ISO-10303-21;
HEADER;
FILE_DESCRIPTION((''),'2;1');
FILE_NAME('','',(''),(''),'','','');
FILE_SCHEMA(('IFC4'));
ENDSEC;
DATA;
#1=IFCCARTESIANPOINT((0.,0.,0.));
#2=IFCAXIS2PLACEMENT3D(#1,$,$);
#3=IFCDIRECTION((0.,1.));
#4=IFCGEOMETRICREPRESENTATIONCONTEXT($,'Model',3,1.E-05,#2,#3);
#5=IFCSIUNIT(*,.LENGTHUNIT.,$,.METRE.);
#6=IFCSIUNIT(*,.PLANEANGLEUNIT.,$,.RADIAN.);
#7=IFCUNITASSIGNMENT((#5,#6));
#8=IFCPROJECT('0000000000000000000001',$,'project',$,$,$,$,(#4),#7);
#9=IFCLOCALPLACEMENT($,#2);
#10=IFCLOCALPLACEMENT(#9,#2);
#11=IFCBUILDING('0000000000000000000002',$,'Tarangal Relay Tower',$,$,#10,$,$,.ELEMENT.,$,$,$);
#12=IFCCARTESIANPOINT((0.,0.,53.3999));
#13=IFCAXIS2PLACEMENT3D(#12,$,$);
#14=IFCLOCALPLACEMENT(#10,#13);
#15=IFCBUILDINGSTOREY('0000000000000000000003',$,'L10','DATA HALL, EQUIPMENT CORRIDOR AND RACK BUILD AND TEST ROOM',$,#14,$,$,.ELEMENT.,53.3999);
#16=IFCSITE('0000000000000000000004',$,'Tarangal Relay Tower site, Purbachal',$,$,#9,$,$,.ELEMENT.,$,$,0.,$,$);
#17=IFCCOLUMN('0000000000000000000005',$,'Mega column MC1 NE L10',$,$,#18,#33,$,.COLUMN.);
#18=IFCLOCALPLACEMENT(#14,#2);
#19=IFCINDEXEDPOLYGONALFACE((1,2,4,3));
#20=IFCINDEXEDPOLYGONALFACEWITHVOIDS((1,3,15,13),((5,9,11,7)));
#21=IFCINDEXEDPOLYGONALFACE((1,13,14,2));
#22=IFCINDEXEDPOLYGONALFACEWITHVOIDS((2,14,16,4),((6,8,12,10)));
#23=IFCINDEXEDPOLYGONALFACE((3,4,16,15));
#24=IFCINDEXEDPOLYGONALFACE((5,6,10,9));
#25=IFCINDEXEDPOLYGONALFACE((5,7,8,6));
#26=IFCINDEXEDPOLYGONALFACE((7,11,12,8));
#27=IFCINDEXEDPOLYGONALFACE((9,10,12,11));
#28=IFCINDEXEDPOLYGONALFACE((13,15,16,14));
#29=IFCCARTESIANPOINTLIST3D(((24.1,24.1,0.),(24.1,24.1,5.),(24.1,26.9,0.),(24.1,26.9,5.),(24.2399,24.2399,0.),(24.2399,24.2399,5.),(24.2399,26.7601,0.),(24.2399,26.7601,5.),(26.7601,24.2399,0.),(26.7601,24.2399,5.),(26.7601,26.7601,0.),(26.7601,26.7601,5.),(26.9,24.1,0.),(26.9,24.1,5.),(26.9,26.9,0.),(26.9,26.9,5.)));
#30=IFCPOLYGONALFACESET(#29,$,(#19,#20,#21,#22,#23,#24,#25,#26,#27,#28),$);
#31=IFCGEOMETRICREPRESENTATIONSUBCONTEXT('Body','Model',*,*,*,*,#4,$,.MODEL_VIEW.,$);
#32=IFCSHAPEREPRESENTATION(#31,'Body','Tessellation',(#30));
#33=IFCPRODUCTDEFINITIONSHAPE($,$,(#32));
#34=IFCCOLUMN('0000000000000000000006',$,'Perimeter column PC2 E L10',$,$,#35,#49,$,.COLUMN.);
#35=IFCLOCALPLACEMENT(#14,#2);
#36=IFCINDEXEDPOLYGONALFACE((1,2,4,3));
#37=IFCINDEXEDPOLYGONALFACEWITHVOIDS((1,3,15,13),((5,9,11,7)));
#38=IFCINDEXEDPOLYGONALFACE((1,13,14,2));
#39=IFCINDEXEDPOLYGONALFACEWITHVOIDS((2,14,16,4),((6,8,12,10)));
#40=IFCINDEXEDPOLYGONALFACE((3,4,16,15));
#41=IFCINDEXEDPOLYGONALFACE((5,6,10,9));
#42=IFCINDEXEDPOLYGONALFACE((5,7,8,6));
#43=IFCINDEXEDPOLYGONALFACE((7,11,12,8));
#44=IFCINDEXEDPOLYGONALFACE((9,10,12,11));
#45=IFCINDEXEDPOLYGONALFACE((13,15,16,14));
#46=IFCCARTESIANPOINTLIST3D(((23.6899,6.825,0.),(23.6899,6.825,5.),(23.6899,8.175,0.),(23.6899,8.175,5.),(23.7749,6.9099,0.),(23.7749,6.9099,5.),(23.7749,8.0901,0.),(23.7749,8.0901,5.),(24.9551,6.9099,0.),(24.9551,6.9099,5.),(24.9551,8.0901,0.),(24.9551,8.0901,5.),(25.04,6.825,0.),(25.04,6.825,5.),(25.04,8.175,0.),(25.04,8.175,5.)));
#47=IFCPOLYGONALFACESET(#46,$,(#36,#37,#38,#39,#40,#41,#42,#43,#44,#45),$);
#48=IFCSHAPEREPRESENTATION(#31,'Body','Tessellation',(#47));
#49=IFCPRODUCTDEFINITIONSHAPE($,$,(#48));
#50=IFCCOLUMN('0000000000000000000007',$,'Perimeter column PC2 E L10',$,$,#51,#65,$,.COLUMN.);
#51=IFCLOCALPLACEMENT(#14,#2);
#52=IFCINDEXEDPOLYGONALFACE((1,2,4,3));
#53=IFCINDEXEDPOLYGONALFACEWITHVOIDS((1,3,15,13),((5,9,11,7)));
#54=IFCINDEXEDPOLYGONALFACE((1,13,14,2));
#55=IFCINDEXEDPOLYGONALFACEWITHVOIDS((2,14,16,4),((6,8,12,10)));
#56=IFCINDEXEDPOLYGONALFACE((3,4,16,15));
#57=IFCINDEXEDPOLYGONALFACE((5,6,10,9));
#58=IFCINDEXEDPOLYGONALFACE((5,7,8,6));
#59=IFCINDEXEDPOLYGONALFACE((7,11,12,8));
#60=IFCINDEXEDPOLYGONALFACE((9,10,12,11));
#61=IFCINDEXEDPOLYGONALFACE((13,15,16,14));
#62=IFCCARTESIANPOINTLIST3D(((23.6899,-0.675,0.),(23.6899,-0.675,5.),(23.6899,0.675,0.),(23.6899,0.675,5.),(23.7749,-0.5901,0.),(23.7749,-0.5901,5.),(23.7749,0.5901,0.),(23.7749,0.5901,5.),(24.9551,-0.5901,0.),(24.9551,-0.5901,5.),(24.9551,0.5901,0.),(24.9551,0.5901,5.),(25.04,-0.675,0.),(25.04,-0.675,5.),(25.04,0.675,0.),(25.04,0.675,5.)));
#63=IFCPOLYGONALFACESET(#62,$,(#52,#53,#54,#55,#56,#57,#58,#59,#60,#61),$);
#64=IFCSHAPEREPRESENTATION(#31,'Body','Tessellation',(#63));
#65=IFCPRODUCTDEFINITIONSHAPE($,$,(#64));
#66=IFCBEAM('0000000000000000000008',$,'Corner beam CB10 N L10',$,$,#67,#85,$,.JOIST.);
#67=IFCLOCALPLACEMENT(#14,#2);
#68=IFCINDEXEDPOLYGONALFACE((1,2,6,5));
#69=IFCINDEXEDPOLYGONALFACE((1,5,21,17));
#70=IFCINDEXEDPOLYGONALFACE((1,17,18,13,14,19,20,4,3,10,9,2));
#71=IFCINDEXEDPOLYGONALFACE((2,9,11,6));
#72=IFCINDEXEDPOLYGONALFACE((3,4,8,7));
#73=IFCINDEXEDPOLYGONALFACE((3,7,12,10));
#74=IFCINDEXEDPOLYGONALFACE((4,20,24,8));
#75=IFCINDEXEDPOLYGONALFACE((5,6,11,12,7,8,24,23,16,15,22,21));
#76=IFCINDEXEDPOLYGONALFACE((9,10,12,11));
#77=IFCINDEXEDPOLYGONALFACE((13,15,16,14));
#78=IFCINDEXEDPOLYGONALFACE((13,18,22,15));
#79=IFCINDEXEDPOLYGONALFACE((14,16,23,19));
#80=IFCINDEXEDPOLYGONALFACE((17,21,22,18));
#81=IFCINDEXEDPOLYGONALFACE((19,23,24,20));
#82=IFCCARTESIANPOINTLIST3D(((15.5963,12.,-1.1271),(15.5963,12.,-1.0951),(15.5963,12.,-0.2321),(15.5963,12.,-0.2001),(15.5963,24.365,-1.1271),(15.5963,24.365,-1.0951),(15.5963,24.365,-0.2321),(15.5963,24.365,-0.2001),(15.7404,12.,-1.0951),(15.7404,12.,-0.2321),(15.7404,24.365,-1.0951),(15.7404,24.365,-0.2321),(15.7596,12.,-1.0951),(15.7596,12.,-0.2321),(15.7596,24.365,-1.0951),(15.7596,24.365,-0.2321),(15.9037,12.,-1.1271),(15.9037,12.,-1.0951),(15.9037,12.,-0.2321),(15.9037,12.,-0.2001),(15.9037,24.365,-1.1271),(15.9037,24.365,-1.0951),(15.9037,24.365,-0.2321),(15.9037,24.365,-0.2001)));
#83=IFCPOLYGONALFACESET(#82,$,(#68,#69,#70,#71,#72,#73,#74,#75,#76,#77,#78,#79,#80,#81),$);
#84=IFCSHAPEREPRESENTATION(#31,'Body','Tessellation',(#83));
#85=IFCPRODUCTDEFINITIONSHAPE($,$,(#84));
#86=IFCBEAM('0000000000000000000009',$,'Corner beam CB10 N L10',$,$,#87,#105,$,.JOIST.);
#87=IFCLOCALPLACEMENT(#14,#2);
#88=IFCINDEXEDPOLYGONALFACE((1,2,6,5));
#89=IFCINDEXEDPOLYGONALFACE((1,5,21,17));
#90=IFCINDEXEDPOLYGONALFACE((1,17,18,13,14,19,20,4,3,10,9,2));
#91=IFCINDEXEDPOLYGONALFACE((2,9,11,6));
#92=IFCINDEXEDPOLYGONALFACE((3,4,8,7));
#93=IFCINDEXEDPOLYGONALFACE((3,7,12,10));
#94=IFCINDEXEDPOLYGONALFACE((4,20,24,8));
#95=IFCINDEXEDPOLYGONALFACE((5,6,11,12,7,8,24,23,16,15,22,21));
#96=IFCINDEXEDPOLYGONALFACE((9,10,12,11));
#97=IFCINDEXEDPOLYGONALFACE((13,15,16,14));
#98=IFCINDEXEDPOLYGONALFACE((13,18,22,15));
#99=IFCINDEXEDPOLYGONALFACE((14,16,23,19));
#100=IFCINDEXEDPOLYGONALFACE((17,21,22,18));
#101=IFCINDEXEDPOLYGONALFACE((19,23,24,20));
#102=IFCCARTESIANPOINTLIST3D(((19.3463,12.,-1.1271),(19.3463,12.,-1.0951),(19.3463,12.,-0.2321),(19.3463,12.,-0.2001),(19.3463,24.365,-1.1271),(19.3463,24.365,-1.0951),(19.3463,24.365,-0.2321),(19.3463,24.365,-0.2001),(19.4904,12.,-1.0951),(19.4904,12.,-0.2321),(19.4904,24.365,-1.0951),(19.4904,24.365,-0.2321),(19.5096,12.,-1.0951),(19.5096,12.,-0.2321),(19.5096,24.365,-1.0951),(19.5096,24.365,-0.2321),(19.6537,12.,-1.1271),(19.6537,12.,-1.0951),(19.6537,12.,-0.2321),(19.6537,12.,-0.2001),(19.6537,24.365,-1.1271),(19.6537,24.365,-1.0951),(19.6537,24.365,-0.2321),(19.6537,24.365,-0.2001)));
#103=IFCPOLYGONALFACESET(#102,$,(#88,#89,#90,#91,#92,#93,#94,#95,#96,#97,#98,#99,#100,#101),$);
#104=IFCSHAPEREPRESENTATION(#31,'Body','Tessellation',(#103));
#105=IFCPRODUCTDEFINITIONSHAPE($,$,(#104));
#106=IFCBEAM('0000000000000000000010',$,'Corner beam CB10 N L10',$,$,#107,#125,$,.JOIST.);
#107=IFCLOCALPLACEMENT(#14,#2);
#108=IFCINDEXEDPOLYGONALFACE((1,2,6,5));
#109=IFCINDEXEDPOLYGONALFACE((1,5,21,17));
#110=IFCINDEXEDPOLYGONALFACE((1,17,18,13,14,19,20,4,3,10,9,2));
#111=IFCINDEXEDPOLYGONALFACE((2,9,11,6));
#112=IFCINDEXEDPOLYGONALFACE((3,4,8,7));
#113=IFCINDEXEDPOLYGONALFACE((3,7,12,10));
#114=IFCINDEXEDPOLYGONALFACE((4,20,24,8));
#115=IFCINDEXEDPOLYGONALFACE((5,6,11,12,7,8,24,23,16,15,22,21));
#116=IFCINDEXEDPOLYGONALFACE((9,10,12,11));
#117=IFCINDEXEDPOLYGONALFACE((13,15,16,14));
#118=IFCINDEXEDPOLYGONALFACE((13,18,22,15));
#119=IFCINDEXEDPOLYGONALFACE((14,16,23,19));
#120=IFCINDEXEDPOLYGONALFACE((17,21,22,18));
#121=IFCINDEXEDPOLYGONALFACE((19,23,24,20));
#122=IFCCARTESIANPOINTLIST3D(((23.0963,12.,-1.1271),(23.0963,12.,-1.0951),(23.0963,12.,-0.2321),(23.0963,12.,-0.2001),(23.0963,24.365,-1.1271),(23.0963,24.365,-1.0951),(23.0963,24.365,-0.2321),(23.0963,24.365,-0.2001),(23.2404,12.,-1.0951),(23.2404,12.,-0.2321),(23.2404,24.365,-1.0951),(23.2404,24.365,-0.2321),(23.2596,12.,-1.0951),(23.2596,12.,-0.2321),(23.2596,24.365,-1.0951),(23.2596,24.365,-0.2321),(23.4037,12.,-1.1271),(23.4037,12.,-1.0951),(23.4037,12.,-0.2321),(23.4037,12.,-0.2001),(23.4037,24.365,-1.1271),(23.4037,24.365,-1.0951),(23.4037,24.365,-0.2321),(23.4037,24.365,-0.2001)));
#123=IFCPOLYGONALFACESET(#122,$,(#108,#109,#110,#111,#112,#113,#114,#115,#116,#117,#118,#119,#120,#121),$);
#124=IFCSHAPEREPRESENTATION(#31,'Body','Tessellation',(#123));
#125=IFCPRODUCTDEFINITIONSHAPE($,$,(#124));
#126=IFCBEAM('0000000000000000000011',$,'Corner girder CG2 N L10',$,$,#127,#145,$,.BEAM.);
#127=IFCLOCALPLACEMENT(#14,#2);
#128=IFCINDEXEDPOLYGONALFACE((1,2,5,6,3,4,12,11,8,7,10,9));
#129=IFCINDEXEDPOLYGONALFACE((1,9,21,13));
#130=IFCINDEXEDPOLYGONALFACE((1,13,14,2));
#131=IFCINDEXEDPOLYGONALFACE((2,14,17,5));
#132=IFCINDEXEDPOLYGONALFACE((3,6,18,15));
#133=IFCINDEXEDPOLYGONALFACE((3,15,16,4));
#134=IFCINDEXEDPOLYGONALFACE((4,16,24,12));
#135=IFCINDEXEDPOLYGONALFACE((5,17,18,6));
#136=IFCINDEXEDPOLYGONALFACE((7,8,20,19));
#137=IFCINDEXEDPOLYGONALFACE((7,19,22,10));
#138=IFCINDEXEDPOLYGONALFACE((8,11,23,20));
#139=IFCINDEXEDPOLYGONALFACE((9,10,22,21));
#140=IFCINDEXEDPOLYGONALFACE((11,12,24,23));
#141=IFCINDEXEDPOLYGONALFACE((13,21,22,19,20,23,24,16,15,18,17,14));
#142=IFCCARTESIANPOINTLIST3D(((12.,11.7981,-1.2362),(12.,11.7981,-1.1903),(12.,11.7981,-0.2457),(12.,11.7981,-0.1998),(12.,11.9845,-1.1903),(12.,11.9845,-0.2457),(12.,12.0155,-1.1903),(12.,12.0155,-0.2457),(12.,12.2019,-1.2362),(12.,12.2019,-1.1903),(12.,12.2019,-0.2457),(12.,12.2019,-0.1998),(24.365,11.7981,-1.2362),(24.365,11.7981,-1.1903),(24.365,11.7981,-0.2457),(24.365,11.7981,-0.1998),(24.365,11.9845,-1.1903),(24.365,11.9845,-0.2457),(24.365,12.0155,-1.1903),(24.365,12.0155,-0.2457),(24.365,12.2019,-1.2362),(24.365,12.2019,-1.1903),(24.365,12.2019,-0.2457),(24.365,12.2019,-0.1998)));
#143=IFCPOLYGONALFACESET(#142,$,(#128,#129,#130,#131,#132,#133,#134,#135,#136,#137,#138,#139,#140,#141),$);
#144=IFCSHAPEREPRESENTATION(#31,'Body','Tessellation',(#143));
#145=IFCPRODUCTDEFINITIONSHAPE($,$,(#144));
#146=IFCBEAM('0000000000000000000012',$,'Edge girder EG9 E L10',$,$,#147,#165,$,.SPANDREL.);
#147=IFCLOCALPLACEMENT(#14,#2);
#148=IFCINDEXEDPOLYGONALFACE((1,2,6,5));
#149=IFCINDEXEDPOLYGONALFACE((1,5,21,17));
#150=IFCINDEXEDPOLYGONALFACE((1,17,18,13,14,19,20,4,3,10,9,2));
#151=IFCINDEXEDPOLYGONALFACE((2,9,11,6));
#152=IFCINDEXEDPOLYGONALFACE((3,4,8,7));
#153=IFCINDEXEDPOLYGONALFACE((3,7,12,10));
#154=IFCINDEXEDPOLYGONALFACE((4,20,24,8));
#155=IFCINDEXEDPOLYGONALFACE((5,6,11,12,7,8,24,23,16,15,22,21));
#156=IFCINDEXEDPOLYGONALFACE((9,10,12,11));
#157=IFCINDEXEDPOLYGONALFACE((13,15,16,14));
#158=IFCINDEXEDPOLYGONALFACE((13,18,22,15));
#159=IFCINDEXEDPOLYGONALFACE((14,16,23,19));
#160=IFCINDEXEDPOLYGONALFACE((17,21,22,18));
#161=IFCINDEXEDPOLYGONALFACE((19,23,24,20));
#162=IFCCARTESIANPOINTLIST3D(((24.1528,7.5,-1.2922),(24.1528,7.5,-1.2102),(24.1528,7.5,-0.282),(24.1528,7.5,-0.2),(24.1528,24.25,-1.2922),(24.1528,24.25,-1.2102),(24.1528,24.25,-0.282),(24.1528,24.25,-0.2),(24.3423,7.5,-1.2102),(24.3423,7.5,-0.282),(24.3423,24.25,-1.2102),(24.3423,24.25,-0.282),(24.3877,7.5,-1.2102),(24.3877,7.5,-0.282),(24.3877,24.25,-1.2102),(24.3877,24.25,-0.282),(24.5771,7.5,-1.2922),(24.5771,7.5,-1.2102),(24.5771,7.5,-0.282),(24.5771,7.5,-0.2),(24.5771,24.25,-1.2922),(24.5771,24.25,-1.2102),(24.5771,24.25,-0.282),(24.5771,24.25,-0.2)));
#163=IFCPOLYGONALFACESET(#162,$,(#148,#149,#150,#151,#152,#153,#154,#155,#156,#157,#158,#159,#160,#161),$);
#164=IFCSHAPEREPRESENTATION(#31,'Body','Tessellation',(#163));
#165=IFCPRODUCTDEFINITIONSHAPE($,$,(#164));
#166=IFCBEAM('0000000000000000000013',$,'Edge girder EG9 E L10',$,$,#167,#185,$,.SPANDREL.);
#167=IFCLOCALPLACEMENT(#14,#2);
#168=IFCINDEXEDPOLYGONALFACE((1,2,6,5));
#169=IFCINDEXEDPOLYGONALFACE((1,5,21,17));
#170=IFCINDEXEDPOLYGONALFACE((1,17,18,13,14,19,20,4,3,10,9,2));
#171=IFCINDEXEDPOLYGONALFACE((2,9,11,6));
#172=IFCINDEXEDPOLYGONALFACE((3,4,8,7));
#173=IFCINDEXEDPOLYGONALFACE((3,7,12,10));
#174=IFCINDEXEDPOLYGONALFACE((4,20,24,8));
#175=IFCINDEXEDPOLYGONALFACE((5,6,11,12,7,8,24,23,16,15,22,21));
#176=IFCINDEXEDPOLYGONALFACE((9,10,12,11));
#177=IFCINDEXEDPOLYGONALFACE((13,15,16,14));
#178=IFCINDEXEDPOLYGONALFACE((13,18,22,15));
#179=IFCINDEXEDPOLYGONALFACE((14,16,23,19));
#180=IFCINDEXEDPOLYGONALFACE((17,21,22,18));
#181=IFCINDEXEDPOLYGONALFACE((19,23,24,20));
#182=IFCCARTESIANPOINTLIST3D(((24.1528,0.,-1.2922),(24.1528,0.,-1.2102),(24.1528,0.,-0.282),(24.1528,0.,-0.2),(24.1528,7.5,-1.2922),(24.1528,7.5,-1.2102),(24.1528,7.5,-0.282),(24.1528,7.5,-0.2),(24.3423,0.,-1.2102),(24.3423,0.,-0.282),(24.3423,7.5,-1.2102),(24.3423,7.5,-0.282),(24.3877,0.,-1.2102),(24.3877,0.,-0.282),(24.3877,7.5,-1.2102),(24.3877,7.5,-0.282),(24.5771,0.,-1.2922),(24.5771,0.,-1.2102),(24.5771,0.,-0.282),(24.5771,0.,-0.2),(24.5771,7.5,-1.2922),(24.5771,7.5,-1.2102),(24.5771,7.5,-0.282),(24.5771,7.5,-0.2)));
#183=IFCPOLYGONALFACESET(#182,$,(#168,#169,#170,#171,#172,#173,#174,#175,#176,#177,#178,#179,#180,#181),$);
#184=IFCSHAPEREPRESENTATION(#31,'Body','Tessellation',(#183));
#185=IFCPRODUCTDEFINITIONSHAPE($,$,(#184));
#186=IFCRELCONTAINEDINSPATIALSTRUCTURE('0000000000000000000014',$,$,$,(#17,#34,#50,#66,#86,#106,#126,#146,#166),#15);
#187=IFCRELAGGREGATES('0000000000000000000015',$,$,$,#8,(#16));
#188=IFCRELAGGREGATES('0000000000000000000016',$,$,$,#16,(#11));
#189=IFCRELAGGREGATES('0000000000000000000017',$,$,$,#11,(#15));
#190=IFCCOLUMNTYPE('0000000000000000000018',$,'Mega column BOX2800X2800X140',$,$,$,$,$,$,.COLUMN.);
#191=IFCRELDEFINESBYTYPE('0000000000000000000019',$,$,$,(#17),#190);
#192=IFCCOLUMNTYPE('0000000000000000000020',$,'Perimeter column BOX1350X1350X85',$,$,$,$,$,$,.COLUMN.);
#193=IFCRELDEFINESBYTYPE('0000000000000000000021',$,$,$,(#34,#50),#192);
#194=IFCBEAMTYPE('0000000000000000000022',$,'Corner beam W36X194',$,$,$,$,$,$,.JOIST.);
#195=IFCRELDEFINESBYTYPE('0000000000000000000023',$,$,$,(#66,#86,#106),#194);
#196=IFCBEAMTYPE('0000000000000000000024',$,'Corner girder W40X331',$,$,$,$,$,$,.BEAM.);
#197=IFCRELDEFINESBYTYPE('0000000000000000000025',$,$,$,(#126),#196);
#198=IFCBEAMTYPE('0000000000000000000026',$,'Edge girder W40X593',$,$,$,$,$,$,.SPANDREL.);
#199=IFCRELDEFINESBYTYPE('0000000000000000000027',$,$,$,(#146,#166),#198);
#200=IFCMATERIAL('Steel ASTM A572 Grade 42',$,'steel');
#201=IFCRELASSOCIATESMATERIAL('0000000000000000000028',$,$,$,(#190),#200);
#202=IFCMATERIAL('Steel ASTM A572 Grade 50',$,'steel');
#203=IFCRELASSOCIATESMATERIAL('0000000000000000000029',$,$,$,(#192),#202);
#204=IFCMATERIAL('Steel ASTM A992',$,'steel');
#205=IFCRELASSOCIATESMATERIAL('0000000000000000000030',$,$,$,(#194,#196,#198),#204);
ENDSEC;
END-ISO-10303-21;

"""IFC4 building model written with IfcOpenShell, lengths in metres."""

from ifc_helpers import new_model, si_unit, direction, frame, origin, origin_2d, place, context, subcontext, project, spatial, hollow_rectangle, i_section, extrude, material, material_profile, profile_set, type_object, element, save


model = new_model("IFC4")

# Units and contexts
model_context = context("Model", 3, precision=1e-05, world=origin(), true_north=direction((0.0, 1.0)))
body_context = subcontext(model_context, "Body", "Model", "MODEL_VIEW")
ifc_project = project(units=[si_unit("LENGTHUNIT", "METRE"), si_unit("PLANEANGLEUNIT", "RADIAN")], contexts=[model_context])

# Site, building, storey
site_placement = place(None, origin())
site = spatial("IfcSite", under=ifc_project, at=site_placement, Name="Tarangal Relay Tower site, Purbachal", CompositionType="ELEMENT", RefElevation=0.0)
building_placement = place(site_placement, origin())
building = spatial("IfcBuilding", under=site, at=building_placement, Name="Tarangal Relay Tower", CompositionType="ELEMENT")
storey_placement = place(building_placement, frame((0.0, 0.0, 53.3999)))
storey = spatial("IfcBuildingStorey", under=building, at=storey_placement, Name="L10", Description="DATA HALL, EQUIPMENT CORRIDOR AND RACK BUILD AND TEST ROOM", CompositionType="ELEMENT", Elevation=53.3999)

# Columns
ifc_material_1 = material(Name="Steel ASTM A572 Grade 42", Category="steel")
ifc_material_profile_1 = material_profile(ifc_material_1, hollow_rectangle(XDim=2.8, YDim=2.8, WallThickness=0.1399, at=origin_2d()), Name="BOX2800X2800X140")
ifc_profile_set_1 = profile_set([ifc_material_profile_1], Name="Steel ASTM A572 Grade 42")
column_type_1 = type_object("IfcColumnType", Name="Mega column BOX2800X2800X140", PredefinedType="COLUMN", material=ifc_profile_set_1)
column_placement = place(storey_placement, frame((25.5, 25.5, 0.0), z_axis=(0.0, 0.0, 1.0), x_axis=(1.0, 0.0, 0.0)))
element("IfcColumn", 1, at=column_placement, inside=storey, type_object=column_type_1, Name="Mega column MC1 NE L10", PredefinedType="COLUMN", context=body_context, shape_type="SweptSolid", body=[
    extrude(hollow_rectangle(XDim=2.8, YDim=2.8, WallThickness=0.1399, at=origin_2d()), origin(), (0.0, 0.0, 1.0), 5.0),
])
ifc_material_2 = material(Name="Steel ASTM A572 Grade 50", Category="steel")
ifc_material_profile_2 = material_profile(ifc_material_2, hollow_rectangle(XDim=1.3501, YDim=1.3501, WallThickness=0.085, at=origin_2d()), Name="BOX1350X1350X85")
ifc_profile_set_2 = profile_set([ifc_material_profile_2], Name="Steel ASTM A572 Grade 50")
column_type_2 = type_object("IfcColumnType", Name="Perimeter column BOX1350X1350X85", PredefinedType="COLUMN", material=ifc_profile_set_2)
for number, where, z_axis, x_axis, name in (
    (2, (24.365, 7.5, 0.0), (0.0, 0.0, 1.0), (1.0, 0.0, 0.0), "Perimeter column PC2 E L10"),
    (3, (24.365, 0.0, 0.0), (0.0, 0.0, 1.0), (1.0, 0.0, 0.0), "Perimeter column PC2 E L10"),
):
    element("IfcColumn", number, at=place(storey_placement, frame(where, z_axis=z_axis, x_axis=x_axis)), inside=storey, type_object=column_type_2, Name=name, PredefinedType="COLUMN", context=body_context, shape_type="SweptSolid", body=[
        extrude(hollow_rectangle(XDim=1.3501, YDim=1.3501, WallThickness=0.085, at=origin_2d()), origin(), (0.0, 0.0, 1.0), 5.0),
    ])

# Beams
ifc_material_3 = material(Name="Steel ASTM A992", Category="steel")
ifc_material_profile_3 = material_profile(ifc_material_3, i_section(OverallWidth=0.3074, OverallDepth=0.927, WebThickness=0.0193, FlangeThickness=0.032, at=origin_2d()), Name="W36X194")
ifc_profile_set_3 = profile_set([ifc_material_profile_3], Name="Steel ASTM A992")
beam_type_1 = type_object("IfcBeamType", Name="Corner beam W36X194", PredefinedType="JOIST", material=ifc_profile_set_3)
for number, where, z_axis, x_axis, name in (
    (4, (15.75, 12.0, -0.6636), (0.0, 1.0, 0.0), (-1.0, 0.0, 0.0), "Corner beam CB10 N L10"),
    (5, (19.5, 12.0, -0.6636), (0.0, 1.0, 0.0), (-1.0, 0.0, 0.0), "Corner beam CB10 N L10"),
    (6, (23.25, 12.0, -0.6636), (0.0, 1.0, 0.0), (-1.0, 0.0, 0.0), "Corner beam CB10 N L10"),
):
    element("IfcBeam", number, at=place(storey_placement, frame(where, z_axis=z_axis, x_axis=x_axis)), inside=storey, type_object=beam_type_1, Name=name, PredefinedType="JOIST", context=body_context, shape_type="SweptSolid", body=[
        extrude(i_section(OverallWidth=0.3074, OverallDepth=0.927, WebThickness=0.0193, FlangeThickness=0.032, at=origin_2d()), origin(), (0.0, 0.0, 1.0), 12.365),
    ])
ifc_material_profile_4 = material_profile(ifc_material_3, i_section(OverallWidth=0.4038, OverallDepth=1.0364, WebThickness=0.031, FlangeThickness=0.0459, at=origin_2d()), Name="W40X331")
ifc_profile_set_4 = profile_set([ifc_material_profile_4], Name="Steel ASTM A992")
beam_type_2 = type_object("IfcBeamType", Name="Corner girder W40X331", PredefinedType="BEAM", material=ifc_profile_set_4)
beam_1_placement = place(storey_placement, frame((12.0, 12.0, -0.718), z_axis=(1.0, 0.0, 0.0), x_axis=(0.0, 1.0, 0.0)))
element("IfcBeam", 7, at=beam_1_placement, inside=storey, type_object=beam_type_2, Name="Corner girder CG2 N L10", PredefinedType="BEAM", context=body_context, shape_type="SweptSolid", body=[
    extrude(i_section(OverallWidth=0.4038, OverallDepth=1.0364, WebThickness=0.031, FlangeThickness=0.0459, at=origin_2d()), origin(), (0.0, 0.0, 1.0), 12.365),
])
ifc_material_profile_5 = material_profile(ifc_material_3, i_section(OverallWidth=0.4243, OverallDepth=1.0923, WebThickness=0.0454, FlangeThickness=0.082, at=origin_2d()), Name="W40X593")
ifc_profile_set_5 = profile_set([ifc_material_profile_5], Name="Steel ASTM A992")
beam_type_3 = type_object("IfcBeamType", Name="Edge girder W40X593", PredefinedType="SPANDREL", material=ifc_profile_set_5)
beam_2_placement = place(storey_placement, frame((24.365, 24.25, -0.7461), z_axis=(0.0, -1.0, 0.0), x_axis=(1.0, 0.0, 0.0)))
element("IfcBeam", 8, at=beam_2_placement, inside=storey, type_object=beam_type_3, Name="Edge girder EG9 E L10", PredefinedType="SPANDREL", context=body_context, shape_type="SweptSolid", body=[
    extrude(i_section(OverallWidth=0.4243, OverallDepth=1.0923, WebThickness=0.0454, FlangeThickness=0.082, at=origin_2d()), origin(), (0.0, 0.0, 1.0), 16.75),
])
for number, where, z_axis, x_axis, name in (
    (9, (24.365, 7.5, -0.7461), (0.0, -1.0, 0.0), (1.0, 0.0, 0.0), "Edge girder EG9 E L10"),
):
    element("IfcBeam", number, at=place(storey_placement, frame(where, z_axis=z_axis, x_axis=x_axis)), inside=storey, type_object=beam_type_3, Name=name, PredefinedType="SPANDREL", context=body_context, shape_type="SweptSolid", body=[
        extrude(i_section(OverallWidth=0.4243, OverallDepth=1.0923, WebThickness=0.0454, FlangeThickness=0.082, at=origin_2d()), origin(), (0.0, 0.0, 1.0), 7.5),
    ])

save(model, "model.ifc")
